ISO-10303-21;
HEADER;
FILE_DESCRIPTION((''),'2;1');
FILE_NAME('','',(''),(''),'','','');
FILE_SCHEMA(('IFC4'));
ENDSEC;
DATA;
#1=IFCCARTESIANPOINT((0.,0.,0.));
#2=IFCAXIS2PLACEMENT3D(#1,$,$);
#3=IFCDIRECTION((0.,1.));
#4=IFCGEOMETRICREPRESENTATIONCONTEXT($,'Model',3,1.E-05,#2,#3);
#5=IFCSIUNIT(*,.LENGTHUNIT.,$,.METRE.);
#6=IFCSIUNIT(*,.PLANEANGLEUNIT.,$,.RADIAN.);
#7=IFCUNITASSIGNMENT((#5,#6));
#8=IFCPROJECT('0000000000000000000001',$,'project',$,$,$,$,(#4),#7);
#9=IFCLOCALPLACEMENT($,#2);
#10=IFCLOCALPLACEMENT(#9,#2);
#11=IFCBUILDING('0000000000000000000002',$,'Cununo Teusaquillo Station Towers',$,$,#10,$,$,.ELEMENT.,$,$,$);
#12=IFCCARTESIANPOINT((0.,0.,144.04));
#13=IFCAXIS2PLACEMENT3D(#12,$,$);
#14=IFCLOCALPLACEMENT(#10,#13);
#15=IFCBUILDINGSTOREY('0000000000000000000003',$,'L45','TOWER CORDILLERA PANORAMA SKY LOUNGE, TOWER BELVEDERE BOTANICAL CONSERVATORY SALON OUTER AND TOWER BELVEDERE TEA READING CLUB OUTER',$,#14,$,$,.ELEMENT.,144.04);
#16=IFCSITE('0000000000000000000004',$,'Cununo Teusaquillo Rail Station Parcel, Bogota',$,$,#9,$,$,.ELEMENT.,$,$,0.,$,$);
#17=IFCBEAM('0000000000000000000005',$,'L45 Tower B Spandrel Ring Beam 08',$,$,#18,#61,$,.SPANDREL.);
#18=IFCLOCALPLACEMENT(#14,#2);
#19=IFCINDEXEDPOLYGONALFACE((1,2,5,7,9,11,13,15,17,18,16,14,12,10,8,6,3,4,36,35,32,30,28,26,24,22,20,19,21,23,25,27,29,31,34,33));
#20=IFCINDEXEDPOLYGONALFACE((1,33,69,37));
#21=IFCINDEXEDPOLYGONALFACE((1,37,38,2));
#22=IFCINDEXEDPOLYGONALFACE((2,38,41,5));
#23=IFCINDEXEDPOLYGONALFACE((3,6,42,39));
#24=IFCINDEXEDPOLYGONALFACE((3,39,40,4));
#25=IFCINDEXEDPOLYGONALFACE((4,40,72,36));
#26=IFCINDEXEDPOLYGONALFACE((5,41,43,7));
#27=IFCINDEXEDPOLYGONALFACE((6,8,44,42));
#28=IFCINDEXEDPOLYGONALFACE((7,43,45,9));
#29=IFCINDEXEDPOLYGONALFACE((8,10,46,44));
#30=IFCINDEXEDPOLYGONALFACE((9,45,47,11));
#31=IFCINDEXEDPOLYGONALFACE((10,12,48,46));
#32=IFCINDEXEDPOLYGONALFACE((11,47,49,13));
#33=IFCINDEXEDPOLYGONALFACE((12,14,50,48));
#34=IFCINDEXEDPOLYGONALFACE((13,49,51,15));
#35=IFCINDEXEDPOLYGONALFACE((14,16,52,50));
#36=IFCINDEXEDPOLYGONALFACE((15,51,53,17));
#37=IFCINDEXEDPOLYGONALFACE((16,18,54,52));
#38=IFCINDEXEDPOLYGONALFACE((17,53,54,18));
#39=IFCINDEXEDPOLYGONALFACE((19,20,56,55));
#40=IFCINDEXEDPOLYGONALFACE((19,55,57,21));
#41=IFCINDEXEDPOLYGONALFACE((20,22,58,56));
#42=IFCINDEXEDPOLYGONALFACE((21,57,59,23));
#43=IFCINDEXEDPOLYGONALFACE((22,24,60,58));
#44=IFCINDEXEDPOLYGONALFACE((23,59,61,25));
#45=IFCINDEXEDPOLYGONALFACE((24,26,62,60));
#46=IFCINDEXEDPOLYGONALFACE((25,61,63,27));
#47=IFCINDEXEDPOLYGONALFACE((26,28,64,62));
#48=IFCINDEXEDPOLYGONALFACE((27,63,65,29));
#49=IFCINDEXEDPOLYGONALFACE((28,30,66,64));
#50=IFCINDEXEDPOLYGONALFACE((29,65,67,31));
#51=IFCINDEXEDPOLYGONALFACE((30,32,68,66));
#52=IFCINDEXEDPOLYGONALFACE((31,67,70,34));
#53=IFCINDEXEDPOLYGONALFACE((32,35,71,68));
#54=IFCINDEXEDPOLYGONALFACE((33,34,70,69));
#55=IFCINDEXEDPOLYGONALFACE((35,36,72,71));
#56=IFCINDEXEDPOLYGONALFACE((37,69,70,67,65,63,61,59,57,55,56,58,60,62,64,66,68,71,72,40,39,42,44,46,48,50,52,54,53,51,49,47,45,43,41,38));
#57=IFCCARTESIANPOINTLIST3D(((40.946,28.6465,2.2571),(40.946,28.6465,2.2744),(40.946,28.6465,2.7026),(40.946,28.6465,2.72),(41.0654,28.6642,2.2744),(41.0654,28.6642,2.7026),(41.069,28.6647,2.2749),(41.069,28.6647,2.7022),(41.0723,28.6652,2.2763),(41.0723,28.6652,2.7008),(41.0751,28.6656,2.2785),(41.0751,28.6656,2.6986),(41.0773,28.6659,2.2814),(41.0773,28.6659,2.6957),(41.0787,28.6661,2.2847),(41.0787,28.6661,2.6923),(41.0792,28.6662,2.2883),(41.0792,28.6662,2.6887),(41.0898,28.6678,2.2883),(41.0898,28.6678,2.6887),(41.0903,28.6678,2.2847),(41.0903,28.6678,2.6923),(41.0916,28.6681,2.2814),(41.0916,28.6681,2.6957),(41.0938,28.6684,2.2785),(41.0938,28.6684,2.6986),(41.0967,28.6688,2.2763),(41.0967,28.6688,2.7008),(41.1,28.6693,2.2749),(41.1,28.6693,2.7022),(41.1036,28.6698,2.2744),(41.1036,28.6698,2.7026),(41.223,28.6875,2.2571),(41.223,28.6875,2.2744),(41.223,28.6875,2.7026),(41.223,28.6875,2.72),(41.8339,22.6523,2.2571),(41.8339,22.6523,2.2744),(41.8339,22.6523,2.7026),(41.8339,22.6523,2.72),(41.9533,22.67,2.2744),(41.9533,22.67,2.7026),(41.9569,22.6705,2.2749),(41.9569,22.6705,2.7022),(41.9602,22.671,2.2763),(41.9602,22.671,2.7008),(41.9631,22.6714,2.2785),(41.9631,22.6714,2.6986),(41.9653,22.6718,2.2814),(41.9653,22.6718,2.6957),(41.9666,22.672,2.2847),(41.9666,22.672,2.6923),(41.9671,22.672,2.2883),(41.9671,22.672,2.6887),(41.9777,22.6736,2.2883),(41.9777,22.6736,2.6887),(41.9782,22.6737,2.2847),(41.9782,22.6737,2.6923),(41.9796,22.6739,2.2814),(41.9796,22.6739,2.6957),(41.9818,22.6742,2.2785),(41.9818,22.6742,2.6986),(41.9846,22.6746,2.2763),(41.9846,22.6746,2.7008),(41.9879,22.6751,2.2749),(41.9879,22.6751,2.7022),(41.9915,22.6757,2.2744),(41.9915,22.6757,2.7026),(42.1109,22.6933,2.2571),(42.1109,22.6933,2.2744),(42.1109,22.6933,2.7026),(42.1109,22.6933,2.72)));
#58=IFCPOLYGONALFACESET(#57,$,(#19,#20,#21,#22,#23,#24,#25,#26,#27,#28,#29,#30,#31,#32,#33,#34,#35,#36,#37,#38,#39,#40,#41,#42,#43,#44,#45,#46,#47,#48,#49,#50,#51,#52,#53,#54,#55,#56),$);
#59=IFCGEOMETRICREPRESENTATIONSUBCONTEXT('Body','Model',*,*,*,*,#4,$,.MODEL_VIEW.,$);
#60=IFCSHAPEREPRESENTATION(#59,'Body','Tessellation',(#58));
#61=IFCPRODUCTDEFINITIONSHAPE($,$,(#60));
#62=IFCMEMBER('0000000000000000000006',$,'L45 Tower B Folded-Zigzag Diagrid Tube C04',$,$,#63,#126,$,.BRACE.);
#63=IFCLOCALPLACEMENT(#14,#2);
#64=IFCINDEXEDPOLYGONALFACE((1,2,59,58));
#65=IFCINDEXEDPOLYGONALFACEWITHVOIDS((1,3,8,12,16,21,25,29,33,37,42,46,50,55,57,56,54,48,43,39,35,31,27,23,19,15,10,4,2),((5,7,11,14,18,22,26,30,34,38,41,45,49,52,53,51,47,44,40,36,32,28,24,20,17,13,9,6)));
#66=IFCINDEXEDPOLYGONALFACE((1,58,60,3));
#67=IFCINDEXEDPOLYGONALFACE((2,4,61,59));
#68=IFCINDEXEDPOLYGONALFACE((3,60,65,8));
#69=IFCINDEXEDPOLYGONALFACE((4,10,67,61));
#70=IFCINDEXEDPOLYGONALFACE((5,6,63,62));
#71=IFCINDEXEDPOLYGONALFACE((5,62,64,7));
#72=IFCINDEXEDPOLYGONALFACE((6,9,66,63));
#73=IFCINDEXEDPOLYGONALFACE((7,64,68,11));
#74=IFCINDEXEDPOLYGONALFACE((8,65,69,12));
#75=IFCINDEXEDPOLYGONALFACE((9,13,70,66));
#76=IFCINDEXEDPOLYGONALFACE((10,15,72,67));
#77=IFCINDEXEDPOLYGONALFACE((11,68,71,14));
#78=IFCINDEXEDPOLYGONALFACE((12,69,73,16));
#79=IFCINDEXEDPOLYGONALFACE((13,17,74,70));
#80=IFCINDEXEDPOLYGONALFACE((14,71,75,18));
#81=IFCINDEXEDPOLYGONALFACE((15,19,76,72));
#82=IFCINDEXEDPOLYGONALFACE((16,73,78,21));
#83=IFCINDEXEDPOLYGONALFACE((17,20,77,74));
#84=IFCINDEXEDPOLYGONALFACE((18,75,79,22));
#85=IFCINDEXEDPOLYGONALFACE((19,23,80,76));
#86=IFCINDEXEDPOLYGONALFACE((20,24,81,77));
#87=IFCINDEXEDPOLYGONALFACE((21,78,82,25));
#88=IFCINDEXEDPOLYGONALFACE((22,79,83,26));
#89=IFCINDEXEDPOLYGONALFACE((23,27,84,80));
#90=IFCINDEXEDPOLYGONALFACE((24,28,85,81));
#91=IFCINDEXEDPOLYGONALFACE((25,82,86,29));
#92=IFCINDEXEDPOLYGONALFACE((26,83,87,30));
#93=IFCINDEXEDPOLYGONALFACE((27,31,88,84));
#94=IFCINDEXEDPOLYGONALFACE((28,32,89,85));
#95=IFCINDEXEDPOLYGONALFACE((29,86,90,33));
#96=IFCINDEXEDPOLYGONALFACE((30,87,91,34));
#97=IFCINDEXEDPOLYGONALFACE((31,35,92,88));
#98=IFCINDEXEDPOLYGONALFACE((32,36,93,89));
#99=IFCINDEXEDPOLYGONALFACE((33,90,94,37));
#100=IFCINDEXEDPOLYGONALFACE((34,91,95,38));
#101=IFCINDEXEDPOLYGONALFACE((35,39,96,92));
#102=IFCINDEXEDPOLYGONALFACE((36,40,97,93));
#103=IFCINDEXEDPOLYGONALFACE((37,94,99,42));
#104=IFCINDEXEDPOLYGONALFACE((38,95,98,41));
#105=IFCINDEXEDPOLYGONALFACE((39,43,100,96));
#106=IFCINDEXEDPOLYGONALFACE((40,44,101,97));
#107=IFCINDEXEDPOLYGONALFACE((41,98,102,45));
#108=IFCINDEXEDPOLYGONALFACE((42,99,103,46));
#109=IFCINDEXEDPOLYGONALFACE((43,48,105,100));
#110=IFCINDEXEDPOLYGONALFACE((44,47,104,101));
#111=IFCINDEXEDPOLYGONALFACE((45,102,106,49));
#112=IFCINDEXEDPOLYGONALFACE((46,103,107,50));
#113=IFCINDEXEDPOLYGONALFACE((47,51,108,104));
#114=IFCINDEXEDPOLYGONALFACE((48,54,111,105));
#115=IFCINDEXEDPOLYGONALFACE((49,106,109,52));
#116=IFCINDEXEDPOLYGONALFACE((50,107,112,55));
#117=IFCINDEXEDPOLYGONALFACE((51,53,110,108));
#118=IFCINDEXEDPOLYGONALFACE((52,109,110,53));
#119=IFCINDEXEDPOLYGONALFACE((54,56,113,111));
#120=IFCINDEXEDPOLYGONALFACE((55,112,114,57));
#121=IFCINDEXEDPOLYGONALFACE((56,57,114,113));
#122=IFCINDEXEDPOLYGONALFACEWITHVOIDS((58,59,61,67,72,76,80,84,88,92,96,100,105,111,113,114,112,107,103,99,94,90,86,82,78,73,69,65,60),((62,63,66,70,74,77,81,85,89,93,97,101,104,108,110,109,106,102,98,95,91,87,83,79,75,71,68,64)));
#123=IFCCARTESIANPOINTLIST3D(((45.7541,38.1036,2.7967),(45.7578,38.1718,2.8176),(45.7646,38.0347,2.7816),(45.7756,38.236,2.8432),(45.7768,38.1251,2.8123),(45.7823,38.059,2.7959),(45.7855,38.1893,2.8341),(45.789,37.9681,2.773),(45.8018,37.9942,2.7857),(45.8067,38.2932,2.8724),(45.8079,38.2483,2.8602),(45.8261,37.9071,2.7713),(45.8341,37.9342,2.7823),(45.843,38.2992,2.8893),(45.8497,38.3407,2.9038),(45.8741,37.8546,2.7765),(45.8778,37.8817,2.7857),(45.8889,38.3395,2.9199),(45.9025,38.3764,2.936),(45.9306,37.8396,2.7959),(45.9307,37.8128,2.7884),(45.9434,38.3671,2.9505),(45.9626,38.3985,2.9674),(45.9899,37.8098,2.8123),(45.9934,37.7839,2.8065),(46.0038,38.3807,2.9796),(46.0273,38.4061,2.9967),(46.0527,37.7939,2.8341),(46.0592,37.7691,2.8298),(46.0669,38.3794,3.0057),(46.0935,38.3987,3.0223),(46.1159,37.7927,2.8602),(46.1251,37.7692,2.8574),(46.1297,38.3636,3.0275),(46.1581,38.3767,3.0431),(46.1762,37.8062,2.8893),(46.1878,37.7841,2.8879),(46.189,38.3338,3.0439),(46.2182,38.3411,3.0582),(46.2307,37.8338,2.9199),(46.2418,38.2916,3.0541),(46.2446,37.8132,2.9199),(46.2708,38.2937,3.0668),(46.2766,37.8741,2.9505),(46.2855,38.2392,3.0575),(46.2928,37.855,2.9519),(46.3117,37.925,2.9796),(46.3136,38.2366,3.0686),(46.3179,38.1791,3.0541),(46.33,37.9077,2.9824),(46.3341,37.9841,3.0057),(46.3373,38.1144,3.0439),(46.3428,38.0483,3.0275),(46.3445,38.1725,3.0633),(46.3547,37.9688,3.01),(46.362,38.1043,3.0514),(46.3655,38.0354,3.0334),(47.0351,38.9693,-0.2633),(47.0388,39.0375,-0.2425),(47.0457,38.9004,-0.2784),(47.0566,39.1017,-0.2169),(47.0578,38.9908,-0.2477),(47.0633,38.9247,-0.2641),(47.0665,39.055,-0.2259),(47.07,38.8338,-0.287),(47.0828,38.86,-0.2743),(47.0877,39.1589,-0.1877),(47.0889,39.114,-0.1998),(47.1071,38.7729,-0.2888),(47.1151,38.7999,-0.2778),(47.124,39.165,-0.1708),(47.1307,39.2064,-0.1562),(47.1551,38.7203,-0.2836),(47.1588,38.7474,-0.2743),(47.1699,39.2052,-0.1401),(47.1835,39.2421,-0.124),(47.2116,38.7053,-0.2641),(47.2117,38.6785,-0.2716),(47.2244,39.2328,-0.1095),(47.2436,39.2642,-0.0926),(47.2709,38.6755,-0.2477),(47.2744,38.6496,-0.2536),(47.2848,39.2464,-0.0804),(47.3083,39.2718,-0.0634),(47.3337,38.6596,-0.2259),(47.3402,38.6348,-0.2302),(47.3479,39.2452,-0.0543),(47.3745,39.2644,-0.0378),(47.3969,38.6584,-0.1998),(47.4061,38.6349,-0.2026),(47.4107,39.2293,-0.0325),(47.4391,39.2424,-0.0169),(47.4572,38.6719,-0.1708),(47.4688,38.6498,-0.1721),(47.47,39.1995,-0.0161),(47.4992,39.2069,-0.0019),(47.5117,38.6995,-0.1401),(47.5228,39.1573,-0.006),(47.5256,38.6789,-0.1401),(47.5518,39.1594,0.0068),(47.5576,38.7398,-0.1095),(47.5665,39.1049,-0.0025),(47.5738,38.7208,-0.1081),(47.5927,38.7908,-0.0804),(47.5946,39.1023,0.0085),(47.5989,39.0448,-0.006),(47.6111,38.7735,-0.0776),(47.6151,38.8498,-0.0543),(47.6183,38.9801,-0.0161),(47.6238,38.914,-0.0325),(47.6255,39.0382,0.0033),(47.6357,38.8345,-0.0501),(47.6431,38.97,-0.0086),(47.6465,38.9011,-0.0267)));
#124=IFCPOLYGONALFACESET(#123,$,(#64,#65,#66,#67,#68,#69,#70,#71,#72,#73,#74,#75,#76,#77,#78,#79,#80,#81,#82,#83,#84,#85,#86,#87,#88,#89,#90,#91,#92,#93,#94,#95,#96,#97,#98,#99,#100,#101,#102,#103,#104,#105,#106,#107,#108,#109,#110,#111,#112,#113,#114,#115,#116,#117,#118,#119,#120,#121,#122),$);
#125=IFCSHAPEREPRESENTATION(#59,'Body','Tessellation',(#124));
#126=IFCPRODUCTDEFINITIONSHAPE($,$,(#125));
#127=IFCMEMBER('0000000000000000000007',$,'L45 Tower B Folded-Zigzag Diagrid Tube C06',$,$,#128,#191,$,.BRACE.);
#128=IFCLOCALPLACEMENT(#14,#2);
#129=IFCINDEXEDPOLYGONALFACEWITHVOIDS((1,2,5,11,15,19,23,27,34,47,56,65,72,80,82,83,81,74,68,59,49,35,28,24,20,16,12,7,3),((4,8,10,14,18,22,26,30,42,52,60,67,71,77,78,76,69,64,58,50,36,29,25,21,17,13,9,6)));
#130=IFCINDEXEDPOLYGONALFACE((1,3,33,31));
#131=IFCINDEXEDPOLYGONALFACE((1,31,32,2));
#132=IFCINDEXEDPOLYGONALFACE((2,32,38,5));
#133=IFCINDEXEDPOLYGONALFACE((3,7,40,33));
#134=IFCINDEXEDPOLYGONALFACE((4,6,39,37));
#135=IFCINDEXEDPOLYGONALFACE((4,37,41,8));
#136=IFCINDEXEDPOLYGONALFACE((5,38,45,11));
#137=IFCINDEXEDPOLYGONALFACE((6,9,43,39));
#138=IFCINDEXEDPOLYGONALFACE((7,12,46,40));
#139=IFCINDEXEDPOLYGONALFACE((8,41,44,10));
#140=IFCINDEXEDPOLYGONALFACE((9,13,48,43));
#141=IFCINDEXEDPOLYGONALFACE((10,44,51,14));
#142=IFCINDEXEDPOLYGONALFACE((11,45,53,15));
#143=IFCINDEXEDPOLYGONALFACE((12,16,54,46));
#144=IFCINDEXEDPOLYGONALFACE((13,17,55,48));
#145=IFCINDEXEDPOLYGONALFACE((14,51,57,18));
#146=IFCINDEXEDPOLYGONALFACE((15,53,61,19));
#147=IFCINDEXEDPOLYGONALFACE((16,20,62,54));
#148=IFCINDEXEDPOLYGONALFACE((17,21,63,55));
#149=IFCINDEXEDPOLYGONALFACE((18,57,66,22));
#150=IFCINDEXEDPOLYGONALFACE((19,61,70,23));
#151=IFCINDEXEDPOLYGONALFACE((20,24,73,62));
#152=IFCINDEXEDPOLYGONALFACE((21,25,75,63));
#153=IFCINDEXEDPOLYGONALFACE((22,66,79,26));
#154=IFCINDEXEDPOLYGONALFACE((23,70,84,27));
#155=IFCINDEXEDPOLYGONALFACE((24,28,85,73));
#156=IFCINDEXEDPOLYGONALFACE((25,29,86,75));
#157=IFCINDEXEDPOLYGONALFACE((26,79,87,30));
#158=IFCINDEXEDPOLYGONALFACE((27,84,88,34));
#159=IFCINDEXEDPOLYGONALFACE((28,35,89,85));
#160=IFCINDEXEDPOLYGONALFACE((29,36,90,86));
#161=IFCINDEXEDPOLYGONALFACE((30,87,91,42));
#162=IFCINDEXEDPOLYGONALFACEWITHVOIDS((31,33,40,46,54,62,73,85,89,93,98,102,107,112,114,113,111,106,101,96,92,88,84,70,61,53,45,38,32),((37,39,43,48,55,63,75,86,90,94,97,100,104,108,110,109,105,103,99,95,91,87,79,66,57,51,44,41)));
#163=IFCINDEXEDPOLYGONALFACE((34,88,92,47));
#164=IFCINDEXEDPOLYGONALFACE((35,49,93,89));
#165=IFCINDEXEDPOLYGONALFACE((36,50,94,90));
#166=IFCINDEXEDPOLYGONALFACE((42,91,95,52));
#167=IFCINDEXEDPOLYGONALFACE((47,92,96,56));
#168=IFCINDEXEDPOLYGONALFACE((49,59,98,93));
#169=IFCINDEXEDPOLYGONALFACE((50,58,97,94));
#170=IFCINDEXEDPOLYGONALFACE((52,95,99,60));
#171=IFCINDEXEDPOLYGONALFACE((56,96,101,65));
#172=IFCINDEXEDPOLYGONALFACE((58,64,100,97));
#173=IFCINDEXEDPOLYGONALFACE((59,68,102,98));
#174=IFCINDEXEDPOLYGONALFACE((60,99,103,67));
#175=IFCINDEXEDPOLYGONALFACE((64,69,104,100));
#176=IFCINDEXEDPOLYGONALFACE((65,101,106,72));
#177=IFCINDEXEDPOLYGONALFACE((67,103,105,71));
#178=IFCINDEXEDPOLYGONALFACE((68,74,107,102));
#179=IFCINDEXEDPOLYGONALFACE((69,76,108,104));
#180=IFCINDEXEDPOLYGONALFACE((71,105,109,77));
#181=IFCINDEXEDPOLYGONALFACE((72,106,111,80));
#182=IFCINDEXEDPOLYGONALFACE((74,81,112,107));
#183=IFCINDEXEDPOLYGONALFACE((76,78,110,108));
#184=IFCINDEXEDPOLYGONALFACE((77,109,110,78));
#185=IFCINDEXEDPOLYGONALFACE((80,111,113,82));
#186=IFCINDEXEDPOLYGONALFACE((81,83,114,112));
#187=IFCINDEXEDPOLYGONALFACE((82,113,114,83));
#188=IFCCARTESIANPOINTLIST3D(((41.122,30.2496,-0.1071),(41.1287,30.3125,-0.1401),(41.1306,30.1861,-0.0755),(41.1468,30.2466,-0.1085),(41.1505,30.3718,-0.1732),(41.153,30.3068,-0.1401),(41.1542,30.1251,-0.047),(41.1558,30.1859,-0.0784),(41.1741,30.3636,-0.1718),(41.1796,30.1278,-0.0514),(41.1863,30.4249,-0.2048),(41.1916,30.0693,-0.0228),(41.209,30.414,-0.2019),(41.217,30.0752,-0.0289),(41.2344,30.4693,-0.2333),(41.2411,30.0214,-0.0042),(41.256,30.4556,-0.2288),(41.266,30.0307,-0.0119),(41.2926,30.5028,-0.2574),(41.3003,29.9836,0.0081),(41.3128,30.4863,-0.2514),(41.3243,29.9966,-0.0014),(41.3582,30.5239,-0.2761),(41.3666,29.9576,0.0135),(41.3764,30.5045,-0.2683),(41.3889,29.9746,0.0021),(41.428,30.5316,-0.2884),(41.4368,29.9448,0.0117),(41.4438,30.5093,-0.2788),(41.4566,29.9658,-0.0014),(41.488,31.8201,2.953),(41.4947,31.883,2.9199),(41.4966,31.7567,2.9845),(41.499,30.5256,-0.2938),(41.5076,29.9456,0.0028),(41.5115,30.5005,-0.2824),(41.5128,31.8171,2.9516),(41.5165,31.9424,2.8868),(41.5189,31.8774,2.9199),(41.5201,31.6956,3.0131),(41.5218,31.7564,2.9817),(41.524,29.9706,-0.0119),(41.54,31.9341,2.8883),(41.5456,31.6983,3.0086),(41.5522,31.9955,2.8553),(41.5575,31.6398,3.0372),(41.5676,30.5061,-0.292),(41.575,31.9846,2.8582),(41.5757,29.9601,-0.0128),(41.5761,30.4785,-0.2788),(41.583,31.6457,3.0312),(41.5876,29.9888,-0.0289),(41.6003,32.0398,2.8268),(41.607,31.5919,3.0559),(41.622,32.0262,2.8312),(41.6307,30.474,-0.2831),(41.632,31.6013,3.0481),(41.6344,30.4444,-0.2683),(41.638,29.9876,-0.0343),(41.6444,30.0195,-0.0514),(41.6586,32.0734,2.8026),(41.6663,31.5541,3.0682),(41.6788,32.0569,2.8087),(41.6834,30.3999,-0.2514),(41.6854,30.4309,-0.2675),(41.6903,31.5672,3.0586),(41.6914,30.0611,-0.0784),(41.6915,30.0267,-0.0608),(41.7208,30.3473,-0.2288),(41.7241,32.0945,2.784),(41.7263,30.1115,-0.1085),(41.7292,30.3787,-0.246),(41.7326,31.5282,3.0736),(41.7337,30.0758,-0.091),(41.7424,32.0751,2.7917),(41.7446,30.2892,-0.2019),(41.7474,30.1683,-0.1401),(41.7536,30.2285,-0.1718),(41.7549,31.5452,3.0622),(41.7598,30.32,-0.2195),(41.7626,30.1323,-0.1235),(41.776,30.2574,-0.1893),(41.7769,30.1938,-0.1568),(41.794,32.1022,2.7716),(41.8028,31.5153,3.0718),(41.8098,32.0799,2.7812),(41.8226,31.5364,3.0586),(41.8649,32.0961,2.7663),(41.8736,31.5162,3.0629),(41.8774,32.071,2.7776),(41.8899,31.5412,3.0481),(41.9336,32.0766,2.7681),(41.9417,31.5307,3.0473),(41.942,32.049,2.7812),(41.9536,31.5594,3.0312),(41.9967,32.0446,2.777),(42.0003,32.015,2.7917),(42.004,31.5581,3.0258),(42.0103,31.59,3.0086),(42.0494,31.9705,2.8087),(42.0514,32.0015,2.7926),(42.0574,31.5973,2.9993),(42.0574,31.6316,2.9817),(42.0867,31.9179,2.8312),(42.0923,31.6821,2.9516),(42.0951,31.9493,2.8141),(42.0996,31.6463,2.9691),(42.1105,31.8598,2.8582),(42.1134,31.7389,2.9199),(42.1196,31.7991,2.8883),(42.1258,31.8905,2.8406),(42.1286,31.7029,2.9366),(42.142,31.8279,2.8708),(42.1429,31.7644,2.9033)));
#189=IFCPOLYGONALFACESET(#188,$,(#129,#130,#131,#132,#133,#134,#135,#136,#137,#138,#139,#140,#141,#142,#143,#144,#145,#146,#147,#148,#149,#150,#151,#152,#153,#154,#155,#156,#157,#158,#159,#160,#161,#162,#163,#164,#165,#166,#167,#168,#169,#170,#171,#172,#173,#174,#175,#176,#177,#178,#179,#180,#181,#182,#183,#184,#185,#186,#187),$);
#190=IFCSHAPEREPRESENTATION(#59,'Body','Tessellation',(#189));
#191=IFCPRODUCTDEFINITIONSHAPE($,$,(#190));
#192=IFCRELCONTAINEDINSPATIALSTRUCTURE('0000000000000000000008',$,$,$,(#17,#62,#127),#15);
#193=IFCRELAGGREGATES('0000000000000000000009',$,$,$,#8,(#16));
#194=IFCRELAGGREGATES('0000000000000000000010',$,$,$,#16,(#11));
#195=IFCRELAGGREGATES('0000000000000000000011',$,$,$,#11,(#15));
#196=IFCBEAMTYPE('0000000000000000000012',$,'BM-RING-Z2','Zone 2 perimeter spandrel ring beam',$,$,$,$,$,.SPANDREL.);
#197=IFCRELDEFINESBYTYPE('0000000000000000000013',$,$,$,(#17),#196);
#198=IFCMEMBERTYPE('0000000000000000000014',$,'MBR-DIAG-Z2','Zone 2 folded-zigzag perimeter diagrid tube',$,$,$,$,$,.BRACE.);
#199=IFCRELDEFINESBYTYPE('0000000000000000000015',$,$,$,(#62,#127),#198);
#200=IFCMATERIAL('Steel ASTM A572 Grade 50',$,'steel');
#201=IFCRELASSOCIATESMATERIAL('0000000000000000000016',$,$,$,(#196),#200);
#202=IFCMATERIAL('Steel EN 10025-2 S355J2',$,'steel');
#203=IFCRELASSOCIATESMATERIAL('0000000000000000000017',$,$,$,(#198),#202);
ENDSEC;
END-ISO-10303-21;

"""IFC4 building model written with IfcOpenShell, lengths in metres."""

from ifc_helpers import new_model, si_unit, direction, frame, origin, origin_2d, place, context, subcontext, project, spatial, hollow_circle, i_section, extrude, material, material_profile, profile_set, type_object, element, save


model = new_model("IFC4")

# Units and contexts
model_context = context("Model", 3, precision=1e-05, world=origin(), true_north=direction((0.0, 1.0)))
body_context = subcontext(model_context, "Body", "Model", "MODEL_VIEW")
ifc_project = project(units=[si_unit("LENGTHUNIT", "METRE"), si_unit("PLANEANGLEUNIT", "RADIAN")], contexts=[model_context])

# Site, building, storey
site_placement = place(None, origin())
site = spatial("IfcSite", under=ifc_project, at=site_placement, Name="Cununo Teusaquillo Rail Station Parcel, Bogota", CompositionType="ELEMENT", RefElevation=0.0)
building_placement = place(site_placement, origin())
building = spatial("IfcBuilding", under=site, at=building_placement, Name="Cununo Teusaquillo Station Towers", CompositionType="ELEMENT")
storey_placement = place(building_placement, frame((0.0, 0.0, 144.04)))
storey = spatial("IfcBuildingStorey", under=building, at=storey_placement, Name="L45", Description="TOWER CORDILLERA PANORAMA SKY LOUNGE, TOWER BELVEDERE BOTANICAL CONSERVATORY SALON OUTER AND TOWER BELVEDERE TEA READING CLUB OUTER", CompositionType="ELEMENT", Elevation=144.04)

# Beam
ifc_material_1 = material(Name="Steel ASTM A572 Grade 50", Category="steel")
ifc_material_profile_1 = material_profile(ifc_material_1, i_section(OverallWidth=0.28, OverallDepth=0.4629, WebThickness=0.0107, FlangeThickness=0.0173, FilletRadius=0.0139, at=origin_2d()), Name="W18X76")
ifc_profile_set_1 = profile_set([ifc_material_profile_1], Name="Steel ASTM A572 Grade 50")
beam_type_1 = type_object("IfcBeamType", Name="BM-RING-Z2", Description="Zone 2 perimeter spandrel ring beam", PredefinedType="SPANDREL", material=ifc_profile_set_1)
beam_1_placement = place(storey_placement, frame((41.0845, 28.667, 2.4885), z_axis=(0.146536, -0.989205, 0.0), x_axis=(0.989205, 0.146536, 0.0)))
element("IfcBeam", 1, at=beam_1_placement, inside=storey, type_object=beam_type_1, Name="L45 Tower B Spandrel Ring Beam 08", PredefinedType="SPANDREL", context=body_context, shape_type="SweptSolid", body=[
    extrude(i_section(OverallWidth=0.28, OverallDepth=0.4629, WebThickness=0.0107, FlangeThickness=0.0173, FilletRadius=0.0139, at=origin_2d()), origin(), (0.0, 0.0, 1.0), 6.0596),
])

# Members
ifc_material_2 = material(Name="Steel EN 10025-2 S355J2", Category="steel")
ifc_material_profile_2 = material_profile(ifc_material_2, hollow_circle(Radius=0.3301, WallThickness=0.0249, at=origin_2d()), Name="CHS 660x25")
ifc_profile_set_2 = profile_set([ifc_material_profile_2], Name="Steel EN 10025-2 S355J2")
member_type = type_object("IfcMemberType", Name="MBR-DIAG-Z2", Description="Zone 2 folded-zigzag perimeter diagrid tube", PredefinedType="BRACE", material=ifc_profile_set_2)
member_1_placement = place(storey_placement, frame((47.3408, 38.9524, -0.1401), z_axis=(-0.373638, -0.25251, 0.892543), x_axis=(0.559937, -0.828536, 0.0)))
element("IfcMember", 2, at=member_1_placement, inside=storey, type_object=member_type, Name="L45 Tower B Folded-Zigzag Diagrid Tube C04", PredefinedType="BRACE", context=body_context, shape_type="SweptSolid", body=[
    extrude(hollow_circle(Radius=0.3301, WallThickness=0.0249, at=origin_2d()), origin(), (0.0, 0.0, 1.0), 3.4285),
])
member_2_placement = place(storey_placement, frame((41.4502, 30.2375, -0.1401), z_axis=(0.105802, 0.454052, 0.884671), x_axis=(-0.973909, 0.226938, 0.0)))
element("IfcMember", 3, at=member_2_placement, inside=storey, type_object=member_type, Name="L45 Tower B Folded-Zigzag Diagrid Tube C06", PredefinedType="BRACE", context=body_context, shape_type="SweptSolid", body=[
    extrude(hollow_circle(Radius=0.3301, WallThickness=0.0249, at=origin_2d()), origin(), (0.0, 0.0, 1.0), 3.459),
])

save(model, "model.ifc")
